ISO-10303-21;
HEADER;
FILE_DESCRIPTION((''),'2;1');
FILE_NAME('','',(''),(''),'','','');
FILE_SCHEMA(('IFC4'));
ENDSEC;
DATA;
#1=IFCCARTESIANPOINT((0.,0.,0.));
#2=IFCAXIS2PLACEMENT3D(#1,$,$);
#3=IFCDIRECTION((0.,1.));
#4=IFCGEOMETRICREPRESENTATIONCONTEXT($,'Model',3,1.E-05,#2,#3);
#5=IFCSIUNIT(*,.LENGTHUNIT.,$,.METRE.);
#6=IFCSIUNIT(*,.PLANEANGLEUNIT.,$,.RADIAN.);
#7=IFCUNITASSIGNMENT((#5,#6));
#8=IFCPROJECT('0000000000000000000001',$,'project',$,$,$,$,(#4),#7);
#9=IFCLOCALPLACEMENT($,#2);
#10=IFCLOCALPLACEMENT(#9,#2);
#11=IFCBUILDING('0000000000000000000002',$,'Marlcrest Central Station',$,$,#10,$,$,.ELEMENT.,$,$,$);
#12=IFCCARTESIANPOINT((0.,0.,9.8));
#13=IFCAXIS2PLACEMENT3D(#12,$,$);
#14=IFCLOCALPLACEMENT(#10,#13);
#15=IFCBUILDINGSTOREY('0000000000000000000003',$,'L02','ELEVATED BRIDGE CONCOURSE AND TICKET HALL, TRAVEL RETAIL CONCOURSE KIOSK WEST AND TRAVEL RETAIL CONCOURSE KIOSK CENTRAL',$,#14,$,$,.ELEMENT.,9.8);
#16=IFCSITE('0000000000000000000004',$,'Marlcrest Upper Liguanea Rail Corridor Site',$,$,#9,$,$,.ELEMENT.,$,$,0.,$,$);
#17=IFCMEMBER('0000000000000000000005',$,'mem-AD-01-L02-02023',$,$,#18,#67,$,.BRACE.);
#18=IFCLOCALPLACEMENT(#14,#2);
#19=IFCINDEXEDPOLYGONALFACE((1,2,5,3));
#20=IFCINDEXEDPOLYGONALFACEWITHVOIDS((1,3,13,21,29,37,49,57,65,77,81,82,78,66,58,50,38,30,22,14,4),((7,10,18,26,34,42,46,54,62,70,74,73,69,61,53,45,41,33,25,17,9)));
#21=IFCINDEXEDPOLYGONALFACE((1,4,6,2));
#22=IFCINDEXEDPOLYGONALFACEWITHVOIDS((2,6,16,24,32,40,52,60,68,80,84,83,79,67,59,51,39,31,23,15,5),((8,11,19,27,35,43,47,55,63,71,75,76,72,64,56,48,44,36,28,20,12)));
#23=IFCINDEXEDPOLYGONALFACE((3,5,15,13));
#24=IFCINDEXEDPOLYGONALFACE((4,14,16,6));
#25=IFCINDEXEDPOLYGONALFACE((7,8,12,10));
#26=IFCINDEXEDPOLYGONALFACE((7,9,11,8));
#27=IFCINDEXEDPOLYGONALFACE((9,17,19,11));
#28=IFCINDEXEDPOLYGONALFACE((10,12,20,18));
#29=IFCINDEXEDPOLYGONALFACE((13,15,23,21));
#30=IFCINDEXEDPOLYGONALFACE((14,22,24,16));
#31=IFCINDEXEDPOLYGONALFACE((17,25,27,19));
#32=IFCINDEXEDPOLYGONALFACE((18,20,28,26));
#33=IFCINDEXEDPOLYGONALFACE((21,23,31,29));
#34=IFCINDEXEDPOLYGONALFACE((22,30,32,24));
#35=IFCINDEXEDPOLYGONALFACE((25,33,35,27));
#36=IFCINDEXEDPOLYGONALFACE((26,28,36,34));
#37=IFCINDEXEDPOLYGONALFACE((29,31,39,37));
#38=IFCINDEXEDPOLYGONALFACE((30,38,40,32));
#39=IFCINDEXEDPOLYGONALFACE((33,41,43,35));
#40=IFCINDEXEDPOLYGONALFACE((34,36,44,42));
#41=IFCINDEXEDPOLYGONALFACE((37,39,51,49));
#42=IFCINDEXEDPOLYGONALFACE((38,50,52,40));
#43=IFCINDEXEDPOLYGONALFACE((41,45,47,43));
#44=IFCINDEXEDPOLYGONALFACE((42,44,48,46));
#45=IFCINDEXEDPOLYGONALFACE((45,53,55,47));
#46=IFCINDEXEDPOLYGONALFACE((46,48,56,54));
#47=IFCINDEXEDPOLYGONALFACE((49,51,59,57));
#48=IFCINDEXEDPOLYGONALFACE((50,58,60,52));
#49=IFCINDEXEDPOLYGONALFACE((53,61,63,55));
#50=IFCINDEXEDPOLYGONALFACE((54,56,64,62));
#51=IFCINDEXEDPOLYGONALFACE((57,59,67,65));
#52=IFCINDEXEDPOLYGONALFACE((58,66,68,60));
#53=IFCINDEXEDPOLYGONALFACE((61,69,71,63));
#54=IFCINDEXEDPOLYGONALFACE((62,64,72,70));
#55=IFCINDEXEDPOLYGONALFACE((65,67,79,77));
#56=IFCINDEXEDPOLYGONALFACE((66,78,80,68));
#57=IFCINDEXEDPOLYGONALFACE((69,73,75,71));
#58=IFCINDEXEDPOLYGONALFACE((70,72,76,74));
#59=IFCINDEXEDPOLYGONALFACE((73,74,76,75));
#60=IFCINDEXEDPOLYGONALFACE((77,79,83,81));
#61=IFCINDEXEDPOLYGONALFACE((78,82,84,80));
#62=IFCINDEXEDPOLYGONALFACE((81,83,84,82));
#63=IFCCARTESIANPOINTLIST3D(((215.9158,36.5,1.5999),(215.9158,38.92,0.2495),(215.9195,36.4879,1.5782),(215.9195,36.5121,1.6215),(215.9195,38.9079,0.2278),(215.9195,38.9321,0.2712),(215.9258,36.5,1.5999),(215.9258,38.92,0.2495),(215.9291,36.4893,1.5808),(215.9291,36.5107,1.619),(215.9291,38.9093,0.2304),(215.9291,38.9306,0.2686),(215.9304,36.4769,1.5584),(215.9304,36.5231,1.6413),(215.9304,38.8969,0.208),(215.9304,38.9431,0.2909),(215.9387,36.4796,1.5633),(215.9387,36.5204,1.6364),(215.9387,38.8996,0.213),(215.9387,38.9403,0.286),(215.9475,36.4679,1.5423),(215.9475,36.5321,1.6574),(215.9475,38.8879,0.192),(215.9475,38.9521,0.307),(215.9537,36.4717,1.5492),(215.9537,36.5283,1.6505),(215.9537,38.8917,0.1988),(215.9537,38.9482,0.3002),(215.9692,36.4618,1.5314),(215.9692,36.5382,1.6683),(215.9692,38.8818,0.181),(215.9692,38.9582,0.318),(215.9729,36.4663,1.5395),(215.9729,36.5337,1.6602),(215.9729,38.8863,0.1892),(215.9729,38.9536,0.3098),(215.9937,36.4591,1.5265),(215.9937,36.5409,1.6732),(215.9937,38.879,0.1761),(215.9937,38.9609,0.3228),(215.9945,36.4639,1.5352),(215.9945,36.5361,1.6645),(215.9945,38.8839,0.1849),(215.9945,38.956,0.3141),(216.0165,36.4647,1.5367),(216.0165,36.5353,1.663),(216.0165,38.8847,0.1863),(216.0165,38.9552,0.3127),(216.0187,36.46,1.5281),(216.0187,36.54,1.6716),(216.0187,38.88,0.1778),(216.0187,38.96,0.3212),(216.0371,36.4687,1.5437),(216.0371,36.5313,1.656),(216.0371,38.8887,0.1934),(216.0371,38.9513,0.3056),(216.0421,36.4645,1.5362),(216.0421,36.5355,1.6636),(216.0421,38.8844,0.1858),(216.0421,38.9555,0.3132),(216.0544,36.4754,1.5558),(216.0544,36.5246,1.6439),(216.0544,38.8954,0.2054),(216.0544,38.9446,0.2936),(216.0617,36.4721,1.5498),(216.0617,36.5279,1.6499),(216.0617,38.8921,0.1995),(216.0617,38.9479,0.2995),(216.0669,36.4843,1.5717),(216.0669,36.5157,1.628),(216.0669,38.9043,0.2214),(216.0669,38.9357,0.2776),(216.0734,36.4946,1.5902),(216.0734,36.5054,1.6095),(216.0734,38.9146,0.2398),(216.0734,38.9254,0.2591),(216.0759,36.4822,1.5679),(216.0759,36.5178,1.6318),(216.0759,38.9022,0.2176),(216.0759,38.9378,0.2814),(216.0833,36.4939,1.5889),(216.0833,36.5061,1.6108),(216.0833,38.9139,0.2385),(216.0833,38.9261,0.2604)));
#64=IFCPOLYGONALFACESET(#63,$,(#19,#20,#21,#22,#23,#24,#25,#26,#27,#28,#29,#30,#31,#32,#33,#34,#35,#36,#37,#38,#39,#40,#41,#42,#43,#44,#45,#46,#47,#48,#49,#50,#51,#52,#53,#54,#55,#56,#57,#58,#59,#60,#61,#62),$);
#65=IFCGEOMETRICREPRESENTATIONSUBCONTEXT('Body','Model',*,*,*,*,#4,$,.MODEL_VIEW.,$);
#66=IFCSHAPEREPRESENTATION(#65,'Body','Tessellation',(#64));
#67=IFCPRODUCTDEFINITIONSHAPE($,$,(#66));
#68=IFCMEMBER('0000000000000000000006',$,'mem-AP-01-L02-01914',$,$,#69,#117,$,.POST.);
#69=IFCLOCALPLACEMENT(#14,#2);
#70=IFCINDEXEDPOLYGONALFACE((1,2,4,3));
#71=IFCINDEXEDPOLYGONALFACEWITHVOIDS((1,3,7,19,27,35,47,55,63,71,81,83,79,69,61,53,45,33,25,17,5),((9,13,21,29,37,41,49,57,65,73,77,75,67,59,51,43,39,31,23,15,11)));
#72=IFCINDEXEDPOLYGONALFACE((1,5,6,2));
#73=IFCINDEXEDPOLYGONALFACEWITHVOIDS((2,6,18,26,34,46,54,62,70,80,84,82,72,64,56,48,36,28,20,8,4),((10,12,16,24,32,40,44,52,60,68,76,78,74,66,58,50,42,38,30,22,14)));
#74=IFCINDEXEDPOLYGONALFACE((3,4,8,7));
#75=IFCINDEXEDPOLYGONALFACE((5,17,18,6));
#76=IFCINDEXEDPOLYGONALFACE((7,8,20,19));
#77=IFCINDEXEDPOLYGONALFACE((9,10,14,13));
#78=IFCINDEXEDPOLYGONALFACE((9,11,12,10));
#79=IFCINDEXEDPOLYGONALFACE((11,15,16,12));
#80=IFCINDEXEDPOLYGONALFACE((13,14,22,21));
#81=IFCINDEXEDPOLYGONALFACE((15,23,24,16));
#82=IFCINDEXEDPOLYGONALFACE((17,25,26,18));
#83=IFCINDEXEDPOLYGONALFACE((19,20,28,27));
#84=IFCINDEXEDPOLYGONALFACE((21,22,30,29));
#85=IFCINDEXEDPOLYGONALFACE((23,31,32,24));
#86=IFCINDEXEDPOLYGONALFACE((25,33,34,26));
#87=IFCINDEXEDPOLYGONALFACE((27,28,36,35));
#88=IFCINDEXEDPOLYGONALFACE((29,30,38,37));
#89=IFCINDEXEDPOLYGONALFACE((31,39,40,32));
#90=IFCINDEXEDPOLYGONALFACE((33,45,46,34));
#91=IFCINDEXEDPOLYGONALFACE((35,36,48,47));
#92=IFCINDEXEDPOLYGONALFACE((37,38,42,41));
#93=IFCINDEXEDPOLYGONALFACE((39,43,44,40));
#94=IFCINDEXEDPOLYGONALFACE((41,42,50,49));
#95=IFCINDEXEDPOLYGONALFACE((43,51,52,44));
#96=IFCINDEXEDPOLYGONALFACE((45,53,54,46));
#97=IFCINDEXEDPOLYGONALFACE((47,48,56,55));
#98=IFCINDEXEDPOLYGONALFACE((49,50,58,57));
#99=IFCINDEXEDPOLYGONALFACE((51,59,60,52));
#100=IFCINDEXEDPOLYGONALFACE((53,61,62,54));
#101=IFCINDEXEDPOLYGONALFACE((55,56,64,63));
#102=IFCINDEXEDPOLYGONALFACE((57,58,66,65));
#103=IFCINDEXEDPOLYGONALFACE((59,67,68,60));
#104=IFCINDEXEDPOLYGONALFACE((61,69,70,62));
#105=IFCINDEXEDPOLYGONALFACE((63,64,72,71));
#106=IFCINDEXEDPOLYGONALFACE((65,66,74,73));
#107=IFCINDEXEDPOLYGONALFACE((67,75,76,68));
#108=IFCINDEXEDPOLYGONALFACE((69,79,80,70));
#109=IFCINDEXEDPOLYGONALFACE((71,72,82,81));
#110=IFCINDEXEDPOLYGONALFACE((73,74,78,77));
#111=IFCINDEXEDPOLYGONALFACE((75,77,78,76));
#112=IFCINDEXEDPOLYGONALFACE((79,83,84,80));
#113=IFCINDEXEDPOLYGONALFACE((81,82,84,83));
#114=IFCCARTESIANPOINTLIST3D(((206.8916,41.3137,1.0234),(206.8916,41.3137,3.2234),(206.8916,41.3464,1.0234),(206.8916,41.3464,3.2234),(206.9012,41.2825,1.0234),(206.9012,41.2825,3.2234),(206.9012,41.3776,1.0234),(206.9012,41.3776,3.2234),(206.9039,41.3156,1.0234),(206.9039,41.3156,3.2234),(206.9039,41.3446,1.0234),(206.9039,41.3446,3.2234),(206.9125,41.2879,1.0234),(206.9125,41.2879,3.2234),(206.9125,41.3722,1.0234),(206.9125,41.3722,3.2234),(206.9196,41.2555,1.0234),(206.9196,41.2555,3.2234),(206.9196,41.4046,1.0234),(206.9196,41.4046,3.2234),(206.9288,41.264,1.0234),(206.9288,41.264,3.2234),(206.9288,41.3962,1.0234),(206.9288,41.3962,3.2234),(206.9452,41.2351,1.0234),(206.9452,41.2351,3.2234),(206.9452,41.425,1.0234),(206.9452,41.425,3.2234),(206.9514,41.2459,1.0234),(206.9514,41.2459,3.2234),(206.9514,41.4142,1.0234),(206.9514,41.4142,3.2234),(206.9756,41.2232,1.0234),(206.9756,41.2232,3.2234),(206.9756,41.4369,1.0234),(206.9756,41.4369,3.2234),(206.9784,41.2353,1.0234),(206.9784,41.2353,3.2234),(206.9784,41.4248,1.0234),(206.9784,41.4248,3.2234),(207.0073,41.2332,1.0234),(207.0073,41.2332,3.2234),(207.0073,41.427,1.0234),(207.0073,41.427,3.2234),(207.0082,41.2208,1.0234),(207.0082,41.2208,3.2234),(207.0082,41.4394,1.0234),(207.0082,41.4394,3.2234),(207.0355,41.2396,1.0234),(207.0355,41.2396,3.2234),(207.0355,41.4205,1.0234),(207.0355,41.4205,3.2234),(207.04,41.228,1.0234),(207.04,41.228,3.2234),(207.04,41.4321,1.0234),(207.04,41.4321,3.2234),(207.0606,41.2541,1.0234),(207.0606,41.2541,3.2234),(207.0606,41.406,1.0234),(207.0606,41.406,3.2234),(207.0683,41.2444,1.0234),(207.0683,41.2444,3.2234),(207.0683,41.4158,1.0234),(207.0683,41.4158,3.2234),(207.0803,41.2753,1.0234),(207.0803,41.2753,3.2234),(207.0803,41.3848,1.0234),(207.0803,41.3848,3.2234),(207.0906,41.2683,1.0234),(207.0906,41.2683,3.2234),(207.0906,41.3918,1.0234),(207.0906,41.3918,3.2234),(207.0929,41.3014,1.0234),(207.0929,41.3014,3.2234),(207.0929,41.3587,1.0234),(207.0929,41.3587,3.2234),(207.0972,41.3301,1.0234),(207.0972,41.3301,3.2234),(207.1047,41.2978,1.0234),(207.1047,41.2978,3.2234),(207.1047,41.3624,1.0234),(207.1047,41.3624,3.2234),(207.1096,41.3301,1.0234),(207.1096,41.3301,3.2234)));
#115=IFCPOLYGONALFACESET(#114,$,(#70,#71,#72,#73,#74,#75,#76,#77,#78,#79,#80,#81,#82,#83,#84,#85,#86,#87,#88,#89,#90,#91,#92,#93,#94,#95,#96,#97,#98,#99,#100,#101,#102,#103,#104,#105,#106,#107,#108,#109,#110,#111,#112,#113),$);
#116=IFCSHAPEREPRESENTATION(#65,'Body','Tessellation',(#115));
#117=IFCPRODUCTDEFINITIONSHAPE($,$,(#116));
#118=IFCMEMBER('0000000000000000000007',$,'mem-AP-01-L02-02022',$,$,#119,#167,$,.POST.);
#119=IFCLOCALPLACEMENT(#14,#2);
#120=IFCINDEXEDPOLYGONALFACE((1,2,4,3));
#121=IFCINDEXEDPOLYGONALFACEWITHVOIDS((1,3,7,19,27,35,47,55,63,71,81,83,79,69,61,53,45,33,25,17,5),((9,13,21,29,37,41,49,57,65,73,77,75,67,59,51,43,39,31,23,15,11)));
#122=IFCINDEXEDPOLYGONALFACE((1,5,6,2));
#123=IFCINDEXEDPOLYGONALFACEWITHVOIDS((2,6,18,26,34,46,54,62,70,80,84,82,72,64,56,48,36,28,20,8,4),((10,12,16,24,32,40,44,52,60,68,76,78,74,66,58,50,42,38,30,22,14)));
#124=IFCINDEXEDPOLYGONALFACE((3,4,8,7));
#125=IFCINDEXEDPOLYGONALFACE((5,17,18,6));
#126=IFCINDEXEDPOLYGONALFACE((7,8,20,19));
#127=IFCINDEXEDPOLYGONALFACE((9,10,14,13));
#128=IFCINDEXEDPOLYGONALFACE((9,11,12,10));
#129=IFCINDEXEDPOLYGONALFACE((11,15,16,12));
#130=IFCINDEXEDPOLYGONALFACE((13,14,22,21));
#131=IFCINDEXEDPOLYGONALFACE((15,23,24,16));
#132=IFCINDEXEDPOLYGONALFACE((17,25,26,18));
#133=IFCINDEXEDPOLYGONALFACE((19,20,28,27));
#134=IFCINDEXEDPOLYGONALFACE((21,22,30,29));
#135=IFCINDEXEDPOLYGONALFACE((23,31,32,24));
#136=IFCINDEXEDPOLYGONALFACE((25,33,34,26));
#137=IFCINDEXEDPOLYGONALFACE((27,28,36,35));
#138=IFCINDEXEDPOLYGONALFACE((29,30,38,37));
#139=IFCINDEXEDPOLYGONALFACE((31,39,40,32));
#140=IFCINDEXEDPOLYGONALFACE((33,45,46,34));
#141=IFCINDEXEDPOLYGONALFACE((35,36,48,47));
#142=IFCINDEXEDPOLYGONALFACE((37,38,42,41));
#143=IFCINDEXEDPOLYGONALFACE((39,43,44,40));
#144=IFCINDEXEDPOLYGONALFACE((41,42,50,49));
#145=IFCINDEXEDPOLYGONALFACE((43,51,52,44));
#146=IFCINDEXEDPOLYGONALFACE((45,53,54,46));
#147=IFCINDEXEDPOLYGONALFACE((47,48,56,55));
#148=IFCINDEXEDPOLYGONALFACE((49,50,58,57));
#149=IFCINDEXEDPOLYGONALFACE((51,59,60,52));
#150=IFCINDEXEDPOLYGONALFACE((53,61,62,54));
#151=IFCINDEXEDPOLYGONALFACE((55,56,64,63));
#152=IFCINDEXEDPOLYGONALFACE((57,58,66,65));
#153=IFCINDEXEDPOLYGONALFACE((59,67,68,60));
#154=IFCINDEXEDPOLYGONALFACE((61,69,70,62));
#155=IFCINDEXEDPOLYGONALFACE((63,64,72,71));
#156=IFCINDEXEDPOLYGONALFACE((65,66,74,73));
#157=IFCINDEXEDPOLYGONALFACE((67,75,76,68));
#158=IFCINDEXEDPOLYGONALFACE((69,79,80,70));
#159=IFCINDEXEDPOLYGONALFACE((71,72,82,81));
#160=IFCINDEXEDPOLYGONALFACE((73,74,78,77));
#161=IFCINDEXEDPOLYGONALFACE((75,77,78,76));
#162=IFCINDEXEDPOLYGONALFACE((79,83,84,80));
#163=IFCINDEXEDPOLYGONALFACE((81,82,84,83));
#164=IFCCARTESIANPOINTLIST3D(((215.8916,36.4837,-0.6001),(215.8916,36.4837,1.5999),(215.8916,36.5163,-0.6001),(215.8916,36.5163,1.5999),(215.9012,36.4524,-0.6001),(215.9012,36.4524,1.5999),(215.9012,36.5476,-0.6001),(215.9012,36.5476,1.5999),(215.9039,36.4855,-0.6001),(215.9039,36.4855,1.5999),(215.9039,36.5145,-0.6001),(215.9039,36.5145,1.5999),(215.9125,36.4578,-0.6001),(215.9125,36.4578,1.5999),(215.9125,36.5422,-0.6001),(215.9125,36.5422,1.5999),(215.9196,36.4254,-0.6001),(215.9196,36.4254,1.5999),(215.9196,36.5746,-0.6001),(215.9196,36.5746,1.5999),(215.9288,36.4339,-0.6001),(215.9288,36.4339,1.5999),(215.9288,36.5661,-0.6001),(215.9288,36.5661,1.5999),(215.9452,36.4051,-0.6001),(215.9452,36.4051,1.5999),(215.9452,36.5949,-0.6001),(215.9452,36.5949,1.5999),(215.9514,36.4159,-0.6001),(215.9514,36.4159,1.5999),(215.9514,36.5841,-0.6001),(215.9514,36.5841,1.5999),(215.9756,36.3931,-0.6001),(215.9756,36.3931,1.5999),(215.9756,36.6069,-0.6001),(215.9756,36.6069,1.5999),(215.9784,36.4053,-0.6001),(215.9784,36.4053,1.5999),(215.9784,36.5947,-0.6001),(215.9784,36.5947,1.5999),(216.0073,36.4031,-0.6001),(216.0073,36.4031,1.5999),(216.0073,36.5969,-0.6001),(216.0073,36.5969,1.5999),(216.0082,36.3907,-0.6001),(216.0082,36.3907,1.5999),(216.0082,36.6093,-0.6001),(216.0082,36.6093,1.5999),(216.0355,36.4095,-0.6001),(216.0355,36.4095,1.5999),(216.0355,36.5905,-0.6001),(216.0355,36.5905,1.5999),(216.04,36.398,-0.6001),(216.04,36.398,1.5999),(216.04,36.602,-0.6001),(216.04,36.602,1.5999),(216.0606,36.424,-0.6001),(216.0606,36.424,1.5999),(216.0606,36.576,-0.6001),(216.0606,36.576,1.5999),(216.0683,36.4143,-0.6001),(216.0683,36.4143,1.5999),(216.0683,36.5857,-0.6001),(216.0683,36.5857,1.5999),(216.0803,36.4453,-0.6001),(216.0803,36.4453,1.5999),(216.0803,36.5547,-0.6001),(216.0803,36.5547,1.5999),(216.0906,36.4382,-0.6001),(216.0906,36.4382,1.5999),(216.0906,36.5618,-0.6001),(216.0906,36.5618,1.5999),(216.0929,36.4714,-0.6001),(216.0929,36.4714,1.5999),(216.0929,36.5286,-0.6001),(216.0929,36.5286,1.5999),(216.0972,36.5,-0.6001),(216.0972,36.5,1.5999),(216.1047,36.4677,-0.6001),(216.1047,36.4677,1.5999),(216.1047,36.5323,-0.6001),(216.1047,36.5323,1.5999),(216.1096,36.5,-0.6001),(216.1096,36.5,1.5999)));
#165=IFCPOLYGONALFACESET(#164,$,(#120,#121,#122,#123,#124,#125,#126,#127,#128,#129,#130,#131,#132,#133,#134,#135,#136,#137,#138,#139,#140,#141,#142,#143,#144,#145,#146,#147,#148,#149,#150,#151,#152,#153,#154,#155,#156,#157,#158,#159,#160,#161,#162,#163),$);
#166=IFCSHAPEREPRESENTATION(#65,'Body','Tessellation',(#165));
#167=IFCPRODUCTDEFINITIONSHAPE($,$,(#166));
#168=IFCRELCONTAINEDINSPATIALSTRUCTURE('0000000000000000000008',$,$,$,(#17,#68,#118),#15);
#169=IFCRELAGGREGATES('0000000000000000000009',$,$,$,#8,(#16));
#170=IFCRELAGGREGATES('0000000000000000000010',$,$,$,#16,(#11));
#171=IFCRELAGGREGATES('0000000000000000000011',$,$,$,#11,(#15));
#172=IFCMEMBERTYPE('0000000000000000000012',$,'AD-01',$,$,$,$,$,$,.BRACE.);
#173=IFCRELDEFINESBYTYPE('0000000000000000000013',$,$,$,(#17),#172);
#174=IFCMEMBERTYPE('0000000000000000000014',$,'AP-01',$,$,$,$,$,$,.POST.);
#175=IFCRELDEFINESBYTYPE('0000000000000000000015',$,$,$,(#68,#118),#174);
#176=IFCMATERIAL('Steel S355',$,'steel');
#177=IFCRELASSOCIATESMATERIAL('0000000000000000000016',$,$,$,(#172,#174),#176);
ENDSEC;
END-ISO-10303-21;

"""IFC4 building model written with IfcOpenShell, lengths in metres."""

from ifc_helpers import new_model, si_unit, direction, frame, origin, origin_2d, place, context, subcontext, project, spatial, hollow_circle, extrude, material, material_profile, profile_set, type_object, element, save


model = new_model("IFC4")

# Units and contexts
model_context = context("Model", 3, precision=1e-05, world=origin(), true_north=direction((0.0, 1.0)))
body_context = subcontext(model_context, "Body", "Model", "MODEL_VIEW")
ifc_project = project(units=[si_unit("LENGTHUNIT", "METRE"), si_unit("PLANEANGLEUNIT", "RADIAN")], contexts=[model_context])

# Site, building, storey
site_placement = place(None, origin())
site = spatial("IfcSite", under=ifc_project, at=site_placement, Name="Marlcrest Upper Liguanea Rail Corridor Site", CompositionType="ELEMENT", RefElevation=0.0)
building_placement = place(site_placement, origin())
building = spatial("IfcBuilding", under=site, at=building_placement, Name="Marlcrest Central Station", CompositionType="ELEMENT")
storey_placement = place(building_placement, frame((0.0, 0.0, 9.8)))
storey = spatial("IfcBuildingStorey", under=building, at=storey_placement, Name="L02", Description="ELEVATED BRIDGE CONCOURSE AND TICKET HALL, TRAVEL RETAIL CONCOURSE KIOSK WEST AND TRAVEL RETAIL CONCOURSE KIOSK CENTRAL", CompositionType="ELEMENT", Elevation=9.8)

# Members
ifc_material_1 = material(Name="Steel S355", Category="steel")
ifc_material_profile_1 = material_profile(ifc_material_1, hollow_circle(Radius=0.0842, WallThickness=0.01, at=origin_2d()), Name="CHS 168.3x10")
ifc_profile_set_1 = profile_set([ifc_material_profile_1], Name="Steel S355")
member_type_1 = type_object("IfcMemberType", Name="AD-01", PredefinedType="BRACE", material=ifc_profile_set_1)
member_1_placement = place(storey_placement, frame((216.0, 36.5, 1.5999), z_axis=(0.0, 0.873246, -0.48728), x_axis=(-1.0, 0.0, 0.0)))
element("IfcMember", 1, at=member_1_placement, inside=storey, type_object=member_type_1, Name="mem-AD-01-L02-02023", PredefinedType="BRACE", context=body_context, shape_type="SweptSolid", body=[
    extrude(hollow_circle(Radius=0.0842, WallThickness=0.01, at=origin_2d()), origin(), (0.0, 0.0, 1.0), 2.7712),
])
ifc_material_profile_2 = material_profile(ifc_material_1, hollow_circle(Radius=0.1096, WallThickness=0.0125, at=origin_2d()), Name="CHS 219.1x12.5")
ifc_profile_set_2 = profile_set([ifc_material_profile_2], Name="Steel S355")
member_type_2 = type_object("IfcMemberType", Name="AP-01", PredefinedType="POST", material=ifc_profile_set_2)
for number, where, z_axis, x_axis, name in (
    (2, (207.0, 41.3301, 1.0234), (0.0, 0.0, 1.0), (1.0, 0.0, 0.0), "mem-AP-01-L02-01914"),
    (3, (216.0, 36.5, -0.6001), (0.0, 0.0, 1.0), (1.0, 0.0, 0.0), "mem-AP-01-L02-02022"),
):
    element("IfcMember", number, at=place(storey_placement, frame(where, z_axis=z_axis, x_axis=x_axis)), inside=storey, type_object=member_type_2, Name=name, PredefinedType="POST", context=body_context, shape_type="SweptSolid", body=[
        extrude(hollow_circle(Radius=0.1096, WallThickness=0.0125, at=origin_2d()), origin(), (0.0, 0.0, 1.0), 2.2),
    ])

save(model, "model.ifc")
